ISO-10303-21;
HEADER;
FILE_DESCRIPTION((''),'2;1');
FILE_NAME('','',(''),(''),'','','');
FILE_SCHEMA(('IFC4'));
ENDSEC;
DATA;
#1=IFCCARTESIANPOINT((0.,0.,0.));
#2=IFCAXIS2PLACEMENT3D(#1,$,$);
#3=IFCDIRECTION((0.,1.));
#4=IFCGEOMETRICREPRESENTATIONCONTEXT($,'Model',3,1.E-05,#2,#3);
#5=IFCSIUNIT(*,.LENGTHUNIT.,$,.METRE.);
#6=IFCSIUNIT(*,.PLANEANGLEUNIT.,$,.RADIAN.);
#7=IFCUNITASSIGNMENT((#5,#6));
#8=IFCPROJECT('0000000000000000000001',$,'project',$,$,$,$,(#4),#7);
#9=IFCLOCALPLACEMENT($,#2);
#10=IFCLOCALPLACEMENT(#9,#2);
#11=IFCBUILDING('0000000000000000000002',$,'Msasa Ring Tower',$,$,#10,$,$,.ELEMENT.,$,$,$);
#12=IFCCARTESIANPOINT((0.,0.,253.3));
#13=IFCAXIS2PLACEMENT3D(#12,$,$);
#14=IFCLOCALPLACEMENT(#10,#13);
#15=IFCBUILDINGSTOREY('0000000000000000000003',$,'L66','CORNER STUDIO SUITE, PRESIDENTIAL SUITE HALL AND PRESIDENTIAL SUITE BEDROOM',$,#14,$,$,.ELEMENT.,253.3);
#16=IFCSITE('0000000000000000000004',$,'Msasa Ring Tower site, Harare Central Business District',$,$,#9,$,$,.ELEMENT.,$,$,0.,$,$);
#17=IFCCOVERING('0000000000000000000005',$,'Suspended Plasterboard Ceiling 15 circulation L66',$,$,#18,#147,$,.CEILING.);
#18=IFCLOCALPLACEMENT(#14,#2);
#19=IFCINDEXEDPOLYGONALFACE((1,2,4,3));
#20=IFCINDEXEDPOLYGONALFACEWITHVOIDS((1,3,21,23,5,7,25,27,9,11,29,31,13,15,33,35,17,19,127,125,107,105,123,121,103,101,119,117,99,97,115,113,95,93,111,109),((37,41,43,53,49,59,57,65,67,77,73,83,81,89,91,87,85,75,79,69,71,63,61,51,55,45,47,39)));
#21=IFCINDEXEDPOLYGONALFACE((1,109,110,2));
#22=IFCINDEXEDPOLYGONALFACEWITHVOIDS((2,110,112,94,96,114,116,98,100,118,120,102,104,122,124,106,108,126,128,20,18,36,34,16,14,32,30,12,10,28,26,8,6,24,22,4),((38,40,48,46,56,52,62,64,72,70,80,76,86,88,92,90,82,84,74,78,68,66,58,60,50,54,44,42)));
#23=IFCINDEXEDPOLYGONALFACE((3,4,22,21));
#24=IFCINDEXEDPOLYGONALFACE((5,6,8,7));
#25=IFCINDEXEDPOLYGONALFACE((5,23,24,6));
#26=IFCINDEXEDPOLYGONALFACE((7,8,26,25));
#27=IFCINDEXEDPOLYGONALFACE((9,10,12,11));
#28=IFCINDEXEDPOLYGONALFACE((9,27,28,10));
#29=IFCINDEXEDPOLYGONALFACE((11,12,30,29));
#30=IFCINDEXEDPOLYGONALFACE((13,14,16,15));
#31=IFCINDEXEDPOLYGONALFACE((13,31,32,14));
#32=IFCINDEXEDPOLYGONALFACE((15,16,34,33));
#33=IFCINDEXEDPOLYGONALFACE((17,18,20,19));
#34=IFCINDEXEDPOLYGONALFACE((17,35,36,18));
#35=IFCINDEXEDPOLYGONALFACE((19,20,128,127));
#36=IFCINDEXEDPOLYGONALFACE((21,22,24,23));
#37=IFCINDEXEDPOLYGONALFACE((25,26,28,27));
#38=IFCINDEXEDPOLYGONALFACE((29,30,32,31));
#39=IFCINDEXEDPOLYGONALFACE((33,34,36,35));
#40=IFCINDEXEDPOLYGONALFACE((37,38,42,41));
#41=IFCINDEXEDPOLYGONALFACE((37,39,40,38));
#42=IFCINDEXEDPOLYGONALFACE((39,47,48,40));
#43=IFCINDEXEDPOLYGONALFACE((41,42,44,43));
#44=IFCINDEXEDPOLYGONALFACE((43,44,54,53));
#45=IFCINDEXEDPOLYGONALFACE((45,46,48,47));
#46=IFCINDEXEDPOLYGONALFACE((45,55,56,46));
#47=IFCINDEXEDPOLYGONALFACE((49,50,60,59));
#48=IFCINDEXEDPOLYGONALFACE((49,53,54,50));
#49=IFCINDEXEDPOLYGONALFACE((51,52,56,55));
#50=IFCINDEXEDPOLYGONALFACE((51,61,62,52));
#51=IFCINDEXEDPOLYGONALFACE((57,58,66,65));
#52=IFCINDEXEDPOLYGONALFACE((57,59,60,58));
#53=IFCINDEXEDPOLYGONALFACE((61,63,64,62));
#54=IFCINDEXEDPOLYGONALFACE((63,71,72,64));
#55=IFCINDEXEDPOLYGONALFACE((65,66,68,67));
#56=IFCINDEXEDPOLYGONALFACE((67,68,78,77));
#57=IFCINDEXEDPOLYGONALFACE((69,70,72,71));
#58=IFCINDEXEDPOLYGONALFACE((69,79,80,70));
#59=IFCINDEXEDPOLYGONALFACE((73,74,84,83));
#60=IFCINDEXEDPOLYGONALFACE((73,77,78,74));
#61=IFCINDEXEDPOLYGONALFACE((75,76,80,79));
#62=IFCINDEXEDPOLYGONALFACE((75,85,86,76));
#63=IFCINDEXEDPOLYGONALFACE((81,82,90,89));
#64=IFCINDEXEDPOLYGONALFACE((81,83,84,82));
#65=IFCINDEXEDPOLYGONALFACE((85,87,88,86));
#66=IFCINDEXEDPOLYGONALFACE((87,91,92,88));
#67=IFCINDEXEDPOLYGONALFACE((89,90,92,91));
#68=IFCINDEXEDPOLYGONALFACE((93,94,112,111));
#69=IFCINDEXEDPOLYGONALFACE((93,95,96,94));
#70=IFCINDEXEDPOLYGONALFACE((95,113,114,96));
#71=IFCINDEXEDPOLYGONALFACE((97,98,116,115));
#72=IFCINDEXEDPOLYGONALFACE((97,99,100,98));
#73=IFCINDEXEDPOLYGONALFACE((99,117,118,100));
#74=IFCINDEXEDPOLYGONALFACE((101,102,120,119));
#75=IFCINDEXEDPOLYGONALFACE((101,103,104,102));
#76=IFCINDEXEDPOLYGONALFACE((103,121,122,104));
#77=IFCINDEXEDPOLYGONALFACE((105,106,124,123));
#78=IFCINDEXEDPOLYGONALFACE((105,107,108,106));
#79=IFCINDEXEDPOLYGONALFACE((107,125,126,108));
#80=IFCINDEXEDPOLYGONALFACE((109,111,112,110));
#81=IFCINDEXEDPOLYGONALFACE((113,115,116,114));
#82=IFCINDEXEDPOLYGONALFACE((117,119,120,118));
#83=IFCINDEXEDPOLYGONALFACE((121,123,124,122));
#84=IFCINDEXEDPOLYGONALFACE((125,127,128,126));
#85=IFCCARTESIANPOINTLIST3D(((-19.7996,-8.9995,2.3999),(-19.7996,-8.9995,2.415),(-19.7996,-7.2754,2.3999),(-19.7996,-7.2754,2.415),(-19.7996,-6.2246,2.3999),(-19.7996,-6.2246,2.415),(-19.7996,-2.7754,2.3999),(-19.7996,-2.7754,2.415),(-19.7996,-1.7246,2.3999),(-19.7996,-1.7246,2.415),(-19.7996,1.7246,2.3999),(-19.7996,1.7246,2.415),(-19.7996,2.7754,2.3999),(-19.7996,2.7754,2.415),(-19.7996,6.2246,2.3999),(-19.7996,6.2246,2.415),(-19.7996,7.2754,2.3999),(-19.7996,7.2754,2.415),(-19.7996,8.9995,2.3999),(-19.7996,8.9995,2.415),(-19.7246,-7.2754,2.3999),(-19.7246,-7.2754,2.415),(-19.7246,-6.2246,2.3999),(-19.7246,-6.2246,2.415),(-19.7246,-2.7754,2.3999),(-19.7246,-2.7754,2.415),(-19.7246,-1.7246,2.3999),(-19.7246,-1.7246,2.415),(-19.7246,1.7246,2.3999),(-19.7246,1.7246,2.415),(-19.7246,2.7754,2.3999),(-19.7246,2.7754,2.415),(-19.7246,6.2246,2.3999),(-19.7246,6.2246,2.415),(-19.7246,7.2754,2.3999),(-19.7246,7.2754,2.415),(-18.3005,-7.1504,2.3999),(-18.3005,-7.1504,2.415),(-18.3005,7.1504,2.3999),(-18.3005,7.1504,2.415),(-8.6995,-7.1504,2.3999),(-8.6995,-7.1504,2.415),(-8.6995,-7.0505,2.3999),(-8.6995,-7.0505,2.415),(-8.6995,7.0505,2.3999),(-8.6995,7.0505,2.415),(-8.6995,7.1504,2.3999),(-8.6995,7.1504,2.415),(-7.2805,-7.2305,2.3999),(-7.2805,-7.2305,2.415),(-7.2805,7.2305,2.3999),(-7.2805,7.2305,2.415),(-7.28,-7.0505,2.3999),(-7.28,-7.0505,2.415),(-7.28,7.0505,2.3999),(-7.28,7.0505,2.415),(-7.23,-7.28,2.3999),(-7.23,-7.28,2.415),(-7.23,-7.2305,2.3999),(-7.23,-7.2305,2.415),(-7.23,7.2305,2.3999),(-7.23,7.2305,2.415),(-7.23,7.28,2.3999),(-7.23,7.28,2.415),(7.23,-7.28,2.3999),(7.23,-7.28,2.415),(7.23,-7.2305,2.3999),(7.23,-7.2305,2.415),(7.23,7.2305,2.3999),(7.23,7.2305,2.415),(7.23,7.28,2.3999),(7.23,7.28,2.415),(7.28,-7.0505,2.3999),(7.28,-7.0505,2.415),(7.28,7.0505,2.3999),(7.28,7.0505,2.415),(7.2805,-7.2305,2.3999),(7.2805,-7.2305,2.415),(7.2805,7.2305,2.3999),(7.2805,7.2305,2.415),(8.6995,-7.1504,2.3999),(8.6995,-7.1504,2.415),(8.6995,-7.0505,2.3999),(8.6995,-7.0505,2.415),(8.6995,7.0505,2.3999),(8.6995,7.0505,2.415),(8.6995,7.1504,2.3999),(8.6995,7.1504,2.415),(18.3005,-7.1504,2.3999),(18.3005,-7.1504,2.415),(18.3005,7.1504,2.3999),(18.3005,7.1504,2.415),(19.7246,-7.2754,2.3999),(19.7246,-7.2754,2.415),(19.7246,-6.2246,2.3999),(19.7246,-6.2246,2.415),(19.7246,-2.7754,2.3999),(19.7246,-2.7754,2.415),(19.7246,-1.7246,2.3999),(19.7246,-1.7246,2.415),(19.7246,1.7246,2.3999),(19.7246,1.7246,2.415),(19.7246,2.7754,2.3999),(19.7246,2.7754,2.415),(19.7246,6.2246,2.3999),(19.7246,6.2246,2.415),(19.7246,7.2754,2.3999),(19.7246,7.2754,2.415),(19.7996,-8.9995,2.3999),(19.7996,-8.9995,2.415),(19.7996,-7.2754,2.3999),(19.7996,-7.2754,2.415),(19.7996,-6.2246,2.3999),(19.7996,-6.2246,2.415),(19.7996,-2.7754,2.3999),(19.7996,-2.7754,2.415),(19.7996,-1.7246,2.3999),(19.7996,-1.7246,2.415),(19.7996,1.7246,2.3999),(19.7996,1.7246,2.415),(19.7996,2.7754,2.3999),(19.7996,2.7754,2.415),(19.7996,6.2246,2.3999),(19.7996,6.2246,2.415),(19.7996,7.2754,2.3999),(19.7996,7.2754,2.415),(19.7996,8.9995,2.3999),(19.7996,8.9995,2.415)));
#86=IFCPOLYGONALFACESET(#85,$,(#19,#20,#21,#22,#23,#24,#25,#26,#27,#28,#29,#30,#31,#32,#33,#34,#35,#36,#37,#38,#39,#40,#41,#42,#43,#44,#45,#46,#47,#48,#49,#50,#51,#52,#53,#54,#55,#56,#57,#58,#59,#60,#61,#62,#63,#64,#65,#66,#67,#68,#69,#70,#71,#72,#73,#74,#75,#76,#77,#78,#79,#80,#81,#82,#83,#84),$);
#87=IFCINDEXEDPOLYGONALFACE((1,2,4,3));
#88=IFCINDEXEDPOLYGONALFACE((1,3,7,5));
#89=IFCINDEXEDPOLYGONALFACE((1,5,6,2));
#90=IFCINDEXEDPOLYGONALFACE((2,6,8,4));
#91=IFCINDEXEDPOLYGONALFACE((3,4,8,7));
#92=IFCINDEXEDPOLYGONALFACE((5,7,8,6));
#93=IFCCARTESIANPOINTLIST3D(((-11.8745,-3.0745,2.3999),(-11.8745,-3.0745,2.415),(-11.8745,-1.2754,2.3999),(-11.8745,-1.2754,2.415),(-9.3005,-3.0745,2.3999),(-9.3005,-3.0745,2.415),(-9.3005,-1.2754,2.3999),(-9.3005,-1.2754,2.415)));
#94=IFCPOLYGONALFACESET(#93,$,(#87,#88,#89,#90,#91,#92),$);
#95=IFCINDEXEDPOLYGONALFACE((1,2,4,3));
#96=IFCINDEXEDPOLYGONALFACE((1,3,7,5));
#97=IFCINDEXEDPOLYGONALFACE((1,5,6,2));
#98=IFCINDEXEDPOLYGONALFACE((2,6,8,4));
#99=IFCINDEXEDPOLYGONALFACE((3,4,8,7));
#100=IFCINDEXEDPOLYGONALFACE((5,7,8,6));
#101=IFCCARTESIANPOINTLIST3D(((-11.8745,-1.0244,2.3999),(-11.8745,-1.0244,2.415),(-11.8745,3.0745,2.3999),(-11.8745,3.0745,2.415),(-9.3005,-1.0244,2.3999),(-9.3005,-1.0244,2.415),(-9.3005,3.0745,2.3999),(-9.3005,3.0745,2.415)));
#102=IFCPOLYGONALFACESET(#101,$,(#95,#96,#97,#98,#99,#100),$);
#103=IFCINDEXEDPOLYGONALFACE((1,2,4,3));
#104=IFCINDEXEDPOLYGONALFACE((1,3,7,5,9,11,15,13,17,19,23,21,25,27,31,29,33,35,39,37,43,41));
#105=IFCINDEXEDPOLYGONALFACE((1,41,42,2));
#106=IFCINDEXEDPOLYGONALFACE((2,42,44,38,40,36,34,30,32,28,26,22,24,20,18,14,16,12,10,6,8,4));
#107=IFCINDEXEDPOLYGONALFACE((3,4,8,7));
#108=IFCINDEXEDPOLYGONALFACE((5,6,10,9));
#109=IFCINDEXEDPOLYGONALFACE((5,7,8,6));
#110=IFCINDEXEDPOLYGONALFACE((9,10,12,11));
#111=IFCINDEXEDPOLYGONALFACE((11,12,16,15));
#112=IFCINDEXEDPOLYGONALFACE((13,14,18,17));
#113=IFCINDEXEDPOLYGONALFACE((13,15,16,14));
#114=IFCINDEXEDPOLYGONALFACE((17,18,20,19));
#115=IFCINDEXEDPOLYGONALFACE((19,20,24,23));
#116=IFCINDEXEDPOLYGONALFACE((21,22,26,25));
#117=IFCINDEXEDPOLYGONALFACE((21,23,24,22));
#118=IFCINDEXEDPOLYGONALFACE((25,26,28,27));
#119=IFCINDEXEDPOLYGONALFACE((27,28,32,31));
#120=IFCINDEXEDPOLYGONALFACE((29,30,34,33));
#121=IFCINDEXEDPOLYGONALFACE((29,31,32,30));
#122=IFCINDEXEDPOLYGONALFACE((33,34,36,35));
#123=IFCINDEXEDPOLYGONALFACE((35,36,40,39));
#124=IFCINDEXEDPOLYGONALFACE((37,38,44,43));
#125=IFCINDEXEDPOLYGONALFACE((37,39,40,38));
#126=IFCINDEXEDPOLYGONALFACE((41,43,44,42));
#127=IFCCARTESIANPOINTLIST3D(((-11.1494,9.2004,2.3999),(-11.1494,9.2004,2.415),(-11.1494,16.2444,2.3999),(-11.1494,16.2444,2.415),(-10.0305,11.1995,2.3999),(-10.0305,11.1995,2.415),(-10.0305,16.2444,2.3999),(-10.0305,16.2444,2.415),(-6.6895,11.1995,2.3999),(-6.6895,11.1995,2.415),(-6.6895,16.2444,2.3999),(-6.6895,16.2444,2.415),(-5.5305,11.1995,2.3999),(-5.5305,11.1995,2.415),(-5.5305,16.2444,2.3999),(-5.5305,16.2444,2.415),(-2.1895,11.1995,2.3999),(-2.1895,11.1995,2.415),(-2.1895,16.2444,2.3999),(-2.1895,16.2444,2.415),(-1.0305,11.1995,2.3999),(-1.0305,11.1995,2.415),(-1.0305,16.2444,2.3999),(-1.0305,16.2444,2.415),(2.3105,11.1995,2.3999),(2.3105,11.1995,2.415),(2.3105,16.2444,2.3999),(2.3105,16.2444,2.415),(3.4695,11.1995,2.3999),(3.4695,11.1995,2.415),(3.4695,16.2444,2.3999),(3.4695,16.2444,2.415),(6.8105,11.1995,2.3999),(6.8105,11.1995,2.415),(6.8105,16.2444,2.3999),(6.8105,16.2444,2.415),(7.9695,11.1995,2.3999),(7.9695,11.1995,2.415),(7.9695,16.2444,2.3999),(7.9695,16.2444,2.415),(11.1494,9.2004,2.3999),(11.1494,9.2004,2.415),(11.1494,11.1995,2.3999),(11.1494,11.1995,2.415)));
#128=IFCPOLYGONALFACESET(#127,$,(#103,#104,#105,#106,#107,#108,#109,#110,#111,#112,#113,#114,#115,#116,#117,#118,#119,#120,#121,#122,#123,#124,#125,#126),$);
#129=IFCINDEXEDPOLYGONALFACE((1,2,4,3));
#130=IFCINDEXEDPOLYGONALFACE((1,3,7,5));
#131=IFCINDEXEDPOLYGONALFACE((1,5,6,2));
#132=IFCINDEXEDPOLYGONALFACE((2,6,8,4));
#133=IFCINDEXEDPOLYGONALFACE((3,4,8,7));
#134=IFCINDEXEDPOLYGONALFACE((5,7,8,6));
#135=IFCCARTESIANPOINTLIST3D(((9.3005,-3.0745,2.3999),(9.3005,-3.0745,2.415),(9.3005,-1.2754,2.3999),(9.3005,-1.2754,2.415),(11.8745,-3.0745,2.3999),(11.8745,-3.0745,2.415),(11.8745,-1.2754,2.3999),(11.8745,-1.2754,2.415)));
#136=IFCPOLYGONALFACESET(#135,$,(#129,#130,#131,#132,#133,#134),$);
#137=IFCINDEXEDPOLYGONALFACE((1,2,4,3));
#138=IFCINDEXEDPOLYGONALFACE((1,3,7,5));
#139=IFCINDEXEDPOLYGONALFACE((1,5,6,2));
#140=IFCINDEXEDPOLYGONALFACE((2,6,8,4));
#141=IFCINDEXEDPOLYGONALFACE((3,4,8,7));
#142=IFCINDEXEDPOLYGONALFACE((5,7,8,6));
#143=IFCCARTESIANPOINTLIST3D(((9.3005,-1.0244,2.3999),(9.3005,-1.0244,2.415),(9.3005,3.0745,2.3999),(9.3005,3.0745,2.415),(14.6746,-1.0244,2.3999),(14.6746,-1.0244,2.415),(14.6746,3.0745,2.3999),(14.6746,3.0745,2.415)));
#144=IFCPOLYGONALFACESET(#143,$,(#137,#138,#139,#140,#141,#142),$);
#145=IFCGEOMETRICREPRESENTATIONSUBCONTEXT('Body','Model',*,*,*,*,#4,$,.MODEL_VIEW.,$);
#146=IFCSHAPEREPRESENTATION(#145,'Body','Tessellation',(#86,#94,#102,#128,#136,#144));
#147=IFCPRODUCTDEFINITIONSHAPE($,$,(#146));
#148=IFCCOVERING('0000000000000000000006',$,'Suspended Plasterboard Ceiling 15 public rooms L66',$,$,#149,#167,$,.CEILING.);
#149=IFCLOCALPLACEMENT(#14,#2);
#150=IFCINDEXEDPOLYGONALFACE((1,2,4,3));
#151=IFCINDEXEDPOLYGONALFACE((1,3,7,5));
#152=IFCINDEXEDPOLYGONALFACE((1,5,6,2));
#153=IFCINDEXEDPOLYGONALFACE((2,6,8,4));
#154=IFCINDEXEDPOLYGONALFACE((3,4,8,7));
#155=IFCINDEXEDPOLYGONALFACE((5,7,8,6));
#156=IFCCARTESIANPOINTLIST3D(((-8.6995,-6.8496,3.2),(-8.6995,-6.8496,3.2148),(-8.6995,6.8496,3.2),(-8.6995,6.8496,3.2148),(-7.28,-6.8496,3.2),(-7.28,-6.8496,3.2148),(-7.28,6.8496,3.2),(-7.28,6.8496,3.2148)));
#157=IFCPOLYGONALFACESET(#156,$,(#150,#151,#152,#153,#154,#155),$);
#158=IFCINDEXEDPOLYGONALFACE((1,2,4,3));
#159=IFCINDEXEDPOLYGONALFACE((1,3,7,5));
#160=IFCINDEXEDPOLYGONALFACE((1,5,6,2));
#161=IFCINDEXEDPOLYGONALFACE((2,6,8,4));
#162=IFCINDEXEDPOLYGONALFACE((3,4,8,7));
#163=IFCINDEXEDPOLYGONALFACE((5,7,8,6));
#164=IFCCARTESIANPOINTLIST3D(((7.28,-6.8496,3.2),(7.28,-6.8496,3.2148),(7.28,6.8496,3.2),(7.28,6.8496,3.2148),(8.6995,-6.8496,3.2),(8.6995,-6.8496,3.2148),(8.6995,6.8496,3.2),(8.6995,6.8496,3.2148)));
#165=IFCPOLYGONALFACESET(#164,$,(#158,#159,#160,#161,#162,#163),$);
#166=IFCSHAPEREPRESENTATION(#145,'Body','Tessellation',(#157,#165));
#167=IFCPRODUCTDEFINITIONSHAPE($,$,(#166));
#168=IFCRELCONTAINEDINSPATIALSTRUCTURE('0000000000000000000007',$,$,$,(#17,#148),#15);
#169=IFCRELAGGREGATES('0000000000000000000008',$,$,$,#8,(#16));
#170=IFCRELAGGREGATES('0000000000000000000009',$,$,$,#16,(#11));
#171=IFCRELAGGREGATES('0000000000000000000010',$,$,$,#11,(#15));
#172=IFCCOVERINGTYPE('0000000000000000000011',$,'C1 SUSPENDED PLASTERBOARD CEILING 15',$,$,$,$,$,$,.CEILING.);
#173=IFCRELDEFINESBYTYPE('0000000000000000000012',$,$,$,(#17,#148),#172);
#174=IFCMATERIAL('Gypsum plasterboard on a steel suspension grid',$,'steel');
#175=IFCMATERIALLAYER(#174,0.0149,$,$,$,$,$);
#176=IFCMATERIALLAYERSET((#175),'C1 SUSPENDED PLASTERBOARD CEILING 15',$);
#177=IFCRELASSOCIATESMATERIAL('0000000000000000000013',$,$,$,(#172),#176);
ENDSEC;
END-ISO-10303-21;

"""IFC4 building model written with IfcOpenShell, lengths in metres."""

from ifc_helpers import new_model, si_unit, direction, frame, origin, place, context, subcontext, project, spatial, line, indexed_curve, outline, extrude, material, layer, layer_set, type_object, element, save


model = new_model("IFC4")

# Units and contexts
model_context = context("Model", 3, precision=1e-05, world=origin(), true_north=direction((0.0, 1.0)))
body_context = subcontext(model_context, "Body", "Model", "MODEL_VIEW")
ifc_project = project(units=[si_unit("LENGTHUNIT", "METRE"), si_unit("PLANEANGLEUNIT", "RADIAN")], contexts=[model_context])

# Site, building, storey
site_placement = place(None, origin())
site = spatial("IfcSite", under=ifc_project, at=site_placement, Name="Msasa Ring Tower site, Harare Central Business District", CompositionType="ELEMENT", RefElevation=0.0)
building_placement = place(site_placement, origin())
building = spatial("IfcBuilding", under=site, at=building_placement, Name="Msasa Ring Tower", CompositionType="ELEMENT")
storey_placement = place(building_placement, frame((0.0, 0.0, 253.3)))
storey = spatial("IfcBuildingStorey", under=building, at=storey_placement, Name="L66", Description="CORNER STUDIO SUITE, PRESIDENTIAL SUITE HALL AND PRESIDENTIAL SUITE BEDROOM", CompositionType="ELEMENT", Elevation=253.3)

# Coverings
ifc_material_1 = material(Name="Gypsum plasterboard on a steel suspension grid", Category="steel")
ifc_layer_1 = layer(ifc_material_1, 0.0149)
ifc_layer_set_1 = layer_set([ifc_layer_1], Name="C1 SUSPENDED PLASTERBOARD CEILING 15")
covering_type_1 = type_object("IfcCoveringType", Name="C1 SUSPENDED PLASTERBOARD CEILING 15", PredefinedType="CEILING", material=ifc_layer_set_1)
covering_1_placement = place(storey_placement, frame((0.0, 0.0, 2.3999)))
element("IfcCovering", 1, at=covering_1_placement, inside=storey, type_object=covering_type_1, Name="Suspended Plasterboard Ceiling 15 circulation L66", PredefinedType="CEILING", context=body_context, shape_type="SweptSolid", body=[
    extrude(outline(indexed_curve([(19.7996, 7.2754), (19.7246, 7.2754), (19.7246, 6.2246), (19.7996, 6.2246), (19.7996, 2.7754), (19.7246, 2.7754), (19.7246, 1.7246), (19.7996, 1.7246), (19.7996, -1.7246), (19.7246, -1.7246), (19.7246, -2.7754), (19.7996, -2.7754), (19.7996, -6.2246), (19.7246, -6.2246), (19.7246, -7.2754), (19.7996, -7.2754), (19.7996, -8.9995), (-19.7996, -8.9995), (-19.7996, -7.2754), (-19.7246, -7.2754), (-19.7246, -6.2246), (-19.7996, -6.2246), (-19.7996, -2.7754), (-19.7246, -2.7754), (-19.7246, -1.7246), (-19.7996, -1.7246), (-19.7996, 1.7246), (-19.7246, 1.7246), (-19.7246, 2.7754), (-19.7996, 2.7754), (-19.7996, 6.2246), (-19.7246, 6.2246), (-19.7246, 7.2754), (-19.7996, 7.2754), (-19.7996, 8.9995), (19.7996, 8.9995)], segments=[line(1, 2, 3, 4, 5, 6, 7, 8, 9, 10, 11, 12, 13, 14, 15, 16, 17, 18, 19, 20, 21, 22, 23, 24, 25, 26, 27, 28, 29, 30, 31, 32, 33, 34, 35, 36, 1)], self_intersect=False), holes=[indexed_curve([(8.6995, -7.1504), (18.3005, -7.1504), (18.3005, 7.1504), (8.6995, 7.1504), (8.6995, 7.0505), (7.28, 7.0505), (7.2805, 7.2305), (7.23, 7.2305), (7.23, 7.28), (-7.23, 7.28), (-7.23, 7.2305), (-7.2805, 7.2305), (-7.28, 7.0505), (-8.6995, 7.0505), (-8.6995, 7.1504), (-18.3005, 7.1504), (-18.3005, -7.1504), (-8.6995, -7.1504), (-8.6995, -7.0505), (-7.28, -7.0505), (-7.2805, -7.2305), (-7.23, -7.2305), (-7.23, -7.28), (7.23, -7.28), (7.23, -7.2305), (7.2805, -7.2305), (7.28, -7.0505), (8.6995, -7.0505)], segments=[line(1, 2, 3, 4, 5, 6, 7, 8, 9, 10, 11, 12, 13, 14, 15, 16, 17, 18, 19, 20, 21, 22, 23, 24, 25, 26, 27, 28, 1)], self_intersect=False)]), origin(), (0.0, 0.0, 1.0), 0.0151),
    extrude(outline(indexed_curve([(-9.3005, -3.0745), (-11.8745, -3.0745), (-11.8745, -1.2754), (-9.3005, -1.2754)], segments=[line(1, 2, 3, 4, 1)], self_intersect=False)), origin(), (0.0, 0.0, 1.0), 0.0151),
    extrude(outline(indexed_curve([(-9.3005, -1.0244), (-11.8745, -1.0244), (-11.8745, 3.0745), (-9.3005, 3.0745)], segments=[line(1, 2, 3, 4, 1)], self_intersect=False)), origin(), (0.0, 0.0, 1.0), 0.0151),
    extrude(outline(indexed_curve([(-6.6895, 16.2444), (-5.5305, 16.2444), (-5.5305, 11.1995), (-2.1895, 11.1995), (-2.1895, 16.2444), (-1.0305, 16.2444), (-1.0305, 11.1995), (2.3105, 11.1995), (2.3105, 16.2444), (3.4695, 16.2444), (3.4695, 11.1995), (6.8105, 11.1995), (6.8105, 16.2444), (7.9695, 16.2444), (7.9695, 11.1995), (11.1494, 11.1995), (11.1494, 9.2004), (-11.1494, 9.2004), (-11.1494, 16.2444), (-10.0305, 16.2444), (-10.0305, 11.1995), (-6.6895, 11.1995)], segments=[line(1, 2, 3, 4, 5, 6, 7, 8, 9, 10, 11, 12, 13, 14, 15, 16, 17, 18, 19, 20, 21, 22, 1)], self_intersect=False)), origin(), (0.0, 0.0, 1.0), 0.0151),
    extrude(outline(indexed_curve([(9.3005, -3.0745), (9.3005, -1.2754), (11.8745, -1.2754), (11.8745, -3.0745)], segments=[line(1, 2, 3, 4, 1)], self_intersect=False)), origin(), (0.0, 0.0, 1.0), 0.0151),
    extrude(outline(indexed_curve([(9.3005, -1.0244), (9.3005, 3.0745), (14.6746, 3.0745), (14.6746, -1.0244)], segments=[line(1, 2, 3, 4, 1)], self_intersect=False)), origin(), (0.0, 0.0, 1.0), 0.0151),
])
covering_2_placement = place(storey_placement, frame((0.0, 0.0, 3.2)))
element("IfcCovering", 2, at=covering_2_placement, inside=storey, type_object=covering_type_1, Name="Suspended Plasterboard Ceiling 15 public rooms L66", PredefinedType="CEILING", context=body_context, shape_type="SweptSolid", body=[
    extrude(outline(indexed_curve([(-7.28, 6.8496), (-7.28, -6.8496), (-8.6995, -6.8496), (-8.6995, 6.8496)], segments=[line(1, 2, 3, 4, 1)], self_intersect=False)), origin(), (0.0, 0.0, 1.0), 0.0149),
    extrude(outline(indexed_curve([(8.6995, 6.8496), (8.6995, -6.8496), (7.28, -6.8496), (7.28, 6.8496)], segments=[line(1, 2, 3, 4, 1)], self_intersect=False)), origin(), (0.0, 0.0, 1.0), 0.0149),
])

save(model, "model.ifc")
